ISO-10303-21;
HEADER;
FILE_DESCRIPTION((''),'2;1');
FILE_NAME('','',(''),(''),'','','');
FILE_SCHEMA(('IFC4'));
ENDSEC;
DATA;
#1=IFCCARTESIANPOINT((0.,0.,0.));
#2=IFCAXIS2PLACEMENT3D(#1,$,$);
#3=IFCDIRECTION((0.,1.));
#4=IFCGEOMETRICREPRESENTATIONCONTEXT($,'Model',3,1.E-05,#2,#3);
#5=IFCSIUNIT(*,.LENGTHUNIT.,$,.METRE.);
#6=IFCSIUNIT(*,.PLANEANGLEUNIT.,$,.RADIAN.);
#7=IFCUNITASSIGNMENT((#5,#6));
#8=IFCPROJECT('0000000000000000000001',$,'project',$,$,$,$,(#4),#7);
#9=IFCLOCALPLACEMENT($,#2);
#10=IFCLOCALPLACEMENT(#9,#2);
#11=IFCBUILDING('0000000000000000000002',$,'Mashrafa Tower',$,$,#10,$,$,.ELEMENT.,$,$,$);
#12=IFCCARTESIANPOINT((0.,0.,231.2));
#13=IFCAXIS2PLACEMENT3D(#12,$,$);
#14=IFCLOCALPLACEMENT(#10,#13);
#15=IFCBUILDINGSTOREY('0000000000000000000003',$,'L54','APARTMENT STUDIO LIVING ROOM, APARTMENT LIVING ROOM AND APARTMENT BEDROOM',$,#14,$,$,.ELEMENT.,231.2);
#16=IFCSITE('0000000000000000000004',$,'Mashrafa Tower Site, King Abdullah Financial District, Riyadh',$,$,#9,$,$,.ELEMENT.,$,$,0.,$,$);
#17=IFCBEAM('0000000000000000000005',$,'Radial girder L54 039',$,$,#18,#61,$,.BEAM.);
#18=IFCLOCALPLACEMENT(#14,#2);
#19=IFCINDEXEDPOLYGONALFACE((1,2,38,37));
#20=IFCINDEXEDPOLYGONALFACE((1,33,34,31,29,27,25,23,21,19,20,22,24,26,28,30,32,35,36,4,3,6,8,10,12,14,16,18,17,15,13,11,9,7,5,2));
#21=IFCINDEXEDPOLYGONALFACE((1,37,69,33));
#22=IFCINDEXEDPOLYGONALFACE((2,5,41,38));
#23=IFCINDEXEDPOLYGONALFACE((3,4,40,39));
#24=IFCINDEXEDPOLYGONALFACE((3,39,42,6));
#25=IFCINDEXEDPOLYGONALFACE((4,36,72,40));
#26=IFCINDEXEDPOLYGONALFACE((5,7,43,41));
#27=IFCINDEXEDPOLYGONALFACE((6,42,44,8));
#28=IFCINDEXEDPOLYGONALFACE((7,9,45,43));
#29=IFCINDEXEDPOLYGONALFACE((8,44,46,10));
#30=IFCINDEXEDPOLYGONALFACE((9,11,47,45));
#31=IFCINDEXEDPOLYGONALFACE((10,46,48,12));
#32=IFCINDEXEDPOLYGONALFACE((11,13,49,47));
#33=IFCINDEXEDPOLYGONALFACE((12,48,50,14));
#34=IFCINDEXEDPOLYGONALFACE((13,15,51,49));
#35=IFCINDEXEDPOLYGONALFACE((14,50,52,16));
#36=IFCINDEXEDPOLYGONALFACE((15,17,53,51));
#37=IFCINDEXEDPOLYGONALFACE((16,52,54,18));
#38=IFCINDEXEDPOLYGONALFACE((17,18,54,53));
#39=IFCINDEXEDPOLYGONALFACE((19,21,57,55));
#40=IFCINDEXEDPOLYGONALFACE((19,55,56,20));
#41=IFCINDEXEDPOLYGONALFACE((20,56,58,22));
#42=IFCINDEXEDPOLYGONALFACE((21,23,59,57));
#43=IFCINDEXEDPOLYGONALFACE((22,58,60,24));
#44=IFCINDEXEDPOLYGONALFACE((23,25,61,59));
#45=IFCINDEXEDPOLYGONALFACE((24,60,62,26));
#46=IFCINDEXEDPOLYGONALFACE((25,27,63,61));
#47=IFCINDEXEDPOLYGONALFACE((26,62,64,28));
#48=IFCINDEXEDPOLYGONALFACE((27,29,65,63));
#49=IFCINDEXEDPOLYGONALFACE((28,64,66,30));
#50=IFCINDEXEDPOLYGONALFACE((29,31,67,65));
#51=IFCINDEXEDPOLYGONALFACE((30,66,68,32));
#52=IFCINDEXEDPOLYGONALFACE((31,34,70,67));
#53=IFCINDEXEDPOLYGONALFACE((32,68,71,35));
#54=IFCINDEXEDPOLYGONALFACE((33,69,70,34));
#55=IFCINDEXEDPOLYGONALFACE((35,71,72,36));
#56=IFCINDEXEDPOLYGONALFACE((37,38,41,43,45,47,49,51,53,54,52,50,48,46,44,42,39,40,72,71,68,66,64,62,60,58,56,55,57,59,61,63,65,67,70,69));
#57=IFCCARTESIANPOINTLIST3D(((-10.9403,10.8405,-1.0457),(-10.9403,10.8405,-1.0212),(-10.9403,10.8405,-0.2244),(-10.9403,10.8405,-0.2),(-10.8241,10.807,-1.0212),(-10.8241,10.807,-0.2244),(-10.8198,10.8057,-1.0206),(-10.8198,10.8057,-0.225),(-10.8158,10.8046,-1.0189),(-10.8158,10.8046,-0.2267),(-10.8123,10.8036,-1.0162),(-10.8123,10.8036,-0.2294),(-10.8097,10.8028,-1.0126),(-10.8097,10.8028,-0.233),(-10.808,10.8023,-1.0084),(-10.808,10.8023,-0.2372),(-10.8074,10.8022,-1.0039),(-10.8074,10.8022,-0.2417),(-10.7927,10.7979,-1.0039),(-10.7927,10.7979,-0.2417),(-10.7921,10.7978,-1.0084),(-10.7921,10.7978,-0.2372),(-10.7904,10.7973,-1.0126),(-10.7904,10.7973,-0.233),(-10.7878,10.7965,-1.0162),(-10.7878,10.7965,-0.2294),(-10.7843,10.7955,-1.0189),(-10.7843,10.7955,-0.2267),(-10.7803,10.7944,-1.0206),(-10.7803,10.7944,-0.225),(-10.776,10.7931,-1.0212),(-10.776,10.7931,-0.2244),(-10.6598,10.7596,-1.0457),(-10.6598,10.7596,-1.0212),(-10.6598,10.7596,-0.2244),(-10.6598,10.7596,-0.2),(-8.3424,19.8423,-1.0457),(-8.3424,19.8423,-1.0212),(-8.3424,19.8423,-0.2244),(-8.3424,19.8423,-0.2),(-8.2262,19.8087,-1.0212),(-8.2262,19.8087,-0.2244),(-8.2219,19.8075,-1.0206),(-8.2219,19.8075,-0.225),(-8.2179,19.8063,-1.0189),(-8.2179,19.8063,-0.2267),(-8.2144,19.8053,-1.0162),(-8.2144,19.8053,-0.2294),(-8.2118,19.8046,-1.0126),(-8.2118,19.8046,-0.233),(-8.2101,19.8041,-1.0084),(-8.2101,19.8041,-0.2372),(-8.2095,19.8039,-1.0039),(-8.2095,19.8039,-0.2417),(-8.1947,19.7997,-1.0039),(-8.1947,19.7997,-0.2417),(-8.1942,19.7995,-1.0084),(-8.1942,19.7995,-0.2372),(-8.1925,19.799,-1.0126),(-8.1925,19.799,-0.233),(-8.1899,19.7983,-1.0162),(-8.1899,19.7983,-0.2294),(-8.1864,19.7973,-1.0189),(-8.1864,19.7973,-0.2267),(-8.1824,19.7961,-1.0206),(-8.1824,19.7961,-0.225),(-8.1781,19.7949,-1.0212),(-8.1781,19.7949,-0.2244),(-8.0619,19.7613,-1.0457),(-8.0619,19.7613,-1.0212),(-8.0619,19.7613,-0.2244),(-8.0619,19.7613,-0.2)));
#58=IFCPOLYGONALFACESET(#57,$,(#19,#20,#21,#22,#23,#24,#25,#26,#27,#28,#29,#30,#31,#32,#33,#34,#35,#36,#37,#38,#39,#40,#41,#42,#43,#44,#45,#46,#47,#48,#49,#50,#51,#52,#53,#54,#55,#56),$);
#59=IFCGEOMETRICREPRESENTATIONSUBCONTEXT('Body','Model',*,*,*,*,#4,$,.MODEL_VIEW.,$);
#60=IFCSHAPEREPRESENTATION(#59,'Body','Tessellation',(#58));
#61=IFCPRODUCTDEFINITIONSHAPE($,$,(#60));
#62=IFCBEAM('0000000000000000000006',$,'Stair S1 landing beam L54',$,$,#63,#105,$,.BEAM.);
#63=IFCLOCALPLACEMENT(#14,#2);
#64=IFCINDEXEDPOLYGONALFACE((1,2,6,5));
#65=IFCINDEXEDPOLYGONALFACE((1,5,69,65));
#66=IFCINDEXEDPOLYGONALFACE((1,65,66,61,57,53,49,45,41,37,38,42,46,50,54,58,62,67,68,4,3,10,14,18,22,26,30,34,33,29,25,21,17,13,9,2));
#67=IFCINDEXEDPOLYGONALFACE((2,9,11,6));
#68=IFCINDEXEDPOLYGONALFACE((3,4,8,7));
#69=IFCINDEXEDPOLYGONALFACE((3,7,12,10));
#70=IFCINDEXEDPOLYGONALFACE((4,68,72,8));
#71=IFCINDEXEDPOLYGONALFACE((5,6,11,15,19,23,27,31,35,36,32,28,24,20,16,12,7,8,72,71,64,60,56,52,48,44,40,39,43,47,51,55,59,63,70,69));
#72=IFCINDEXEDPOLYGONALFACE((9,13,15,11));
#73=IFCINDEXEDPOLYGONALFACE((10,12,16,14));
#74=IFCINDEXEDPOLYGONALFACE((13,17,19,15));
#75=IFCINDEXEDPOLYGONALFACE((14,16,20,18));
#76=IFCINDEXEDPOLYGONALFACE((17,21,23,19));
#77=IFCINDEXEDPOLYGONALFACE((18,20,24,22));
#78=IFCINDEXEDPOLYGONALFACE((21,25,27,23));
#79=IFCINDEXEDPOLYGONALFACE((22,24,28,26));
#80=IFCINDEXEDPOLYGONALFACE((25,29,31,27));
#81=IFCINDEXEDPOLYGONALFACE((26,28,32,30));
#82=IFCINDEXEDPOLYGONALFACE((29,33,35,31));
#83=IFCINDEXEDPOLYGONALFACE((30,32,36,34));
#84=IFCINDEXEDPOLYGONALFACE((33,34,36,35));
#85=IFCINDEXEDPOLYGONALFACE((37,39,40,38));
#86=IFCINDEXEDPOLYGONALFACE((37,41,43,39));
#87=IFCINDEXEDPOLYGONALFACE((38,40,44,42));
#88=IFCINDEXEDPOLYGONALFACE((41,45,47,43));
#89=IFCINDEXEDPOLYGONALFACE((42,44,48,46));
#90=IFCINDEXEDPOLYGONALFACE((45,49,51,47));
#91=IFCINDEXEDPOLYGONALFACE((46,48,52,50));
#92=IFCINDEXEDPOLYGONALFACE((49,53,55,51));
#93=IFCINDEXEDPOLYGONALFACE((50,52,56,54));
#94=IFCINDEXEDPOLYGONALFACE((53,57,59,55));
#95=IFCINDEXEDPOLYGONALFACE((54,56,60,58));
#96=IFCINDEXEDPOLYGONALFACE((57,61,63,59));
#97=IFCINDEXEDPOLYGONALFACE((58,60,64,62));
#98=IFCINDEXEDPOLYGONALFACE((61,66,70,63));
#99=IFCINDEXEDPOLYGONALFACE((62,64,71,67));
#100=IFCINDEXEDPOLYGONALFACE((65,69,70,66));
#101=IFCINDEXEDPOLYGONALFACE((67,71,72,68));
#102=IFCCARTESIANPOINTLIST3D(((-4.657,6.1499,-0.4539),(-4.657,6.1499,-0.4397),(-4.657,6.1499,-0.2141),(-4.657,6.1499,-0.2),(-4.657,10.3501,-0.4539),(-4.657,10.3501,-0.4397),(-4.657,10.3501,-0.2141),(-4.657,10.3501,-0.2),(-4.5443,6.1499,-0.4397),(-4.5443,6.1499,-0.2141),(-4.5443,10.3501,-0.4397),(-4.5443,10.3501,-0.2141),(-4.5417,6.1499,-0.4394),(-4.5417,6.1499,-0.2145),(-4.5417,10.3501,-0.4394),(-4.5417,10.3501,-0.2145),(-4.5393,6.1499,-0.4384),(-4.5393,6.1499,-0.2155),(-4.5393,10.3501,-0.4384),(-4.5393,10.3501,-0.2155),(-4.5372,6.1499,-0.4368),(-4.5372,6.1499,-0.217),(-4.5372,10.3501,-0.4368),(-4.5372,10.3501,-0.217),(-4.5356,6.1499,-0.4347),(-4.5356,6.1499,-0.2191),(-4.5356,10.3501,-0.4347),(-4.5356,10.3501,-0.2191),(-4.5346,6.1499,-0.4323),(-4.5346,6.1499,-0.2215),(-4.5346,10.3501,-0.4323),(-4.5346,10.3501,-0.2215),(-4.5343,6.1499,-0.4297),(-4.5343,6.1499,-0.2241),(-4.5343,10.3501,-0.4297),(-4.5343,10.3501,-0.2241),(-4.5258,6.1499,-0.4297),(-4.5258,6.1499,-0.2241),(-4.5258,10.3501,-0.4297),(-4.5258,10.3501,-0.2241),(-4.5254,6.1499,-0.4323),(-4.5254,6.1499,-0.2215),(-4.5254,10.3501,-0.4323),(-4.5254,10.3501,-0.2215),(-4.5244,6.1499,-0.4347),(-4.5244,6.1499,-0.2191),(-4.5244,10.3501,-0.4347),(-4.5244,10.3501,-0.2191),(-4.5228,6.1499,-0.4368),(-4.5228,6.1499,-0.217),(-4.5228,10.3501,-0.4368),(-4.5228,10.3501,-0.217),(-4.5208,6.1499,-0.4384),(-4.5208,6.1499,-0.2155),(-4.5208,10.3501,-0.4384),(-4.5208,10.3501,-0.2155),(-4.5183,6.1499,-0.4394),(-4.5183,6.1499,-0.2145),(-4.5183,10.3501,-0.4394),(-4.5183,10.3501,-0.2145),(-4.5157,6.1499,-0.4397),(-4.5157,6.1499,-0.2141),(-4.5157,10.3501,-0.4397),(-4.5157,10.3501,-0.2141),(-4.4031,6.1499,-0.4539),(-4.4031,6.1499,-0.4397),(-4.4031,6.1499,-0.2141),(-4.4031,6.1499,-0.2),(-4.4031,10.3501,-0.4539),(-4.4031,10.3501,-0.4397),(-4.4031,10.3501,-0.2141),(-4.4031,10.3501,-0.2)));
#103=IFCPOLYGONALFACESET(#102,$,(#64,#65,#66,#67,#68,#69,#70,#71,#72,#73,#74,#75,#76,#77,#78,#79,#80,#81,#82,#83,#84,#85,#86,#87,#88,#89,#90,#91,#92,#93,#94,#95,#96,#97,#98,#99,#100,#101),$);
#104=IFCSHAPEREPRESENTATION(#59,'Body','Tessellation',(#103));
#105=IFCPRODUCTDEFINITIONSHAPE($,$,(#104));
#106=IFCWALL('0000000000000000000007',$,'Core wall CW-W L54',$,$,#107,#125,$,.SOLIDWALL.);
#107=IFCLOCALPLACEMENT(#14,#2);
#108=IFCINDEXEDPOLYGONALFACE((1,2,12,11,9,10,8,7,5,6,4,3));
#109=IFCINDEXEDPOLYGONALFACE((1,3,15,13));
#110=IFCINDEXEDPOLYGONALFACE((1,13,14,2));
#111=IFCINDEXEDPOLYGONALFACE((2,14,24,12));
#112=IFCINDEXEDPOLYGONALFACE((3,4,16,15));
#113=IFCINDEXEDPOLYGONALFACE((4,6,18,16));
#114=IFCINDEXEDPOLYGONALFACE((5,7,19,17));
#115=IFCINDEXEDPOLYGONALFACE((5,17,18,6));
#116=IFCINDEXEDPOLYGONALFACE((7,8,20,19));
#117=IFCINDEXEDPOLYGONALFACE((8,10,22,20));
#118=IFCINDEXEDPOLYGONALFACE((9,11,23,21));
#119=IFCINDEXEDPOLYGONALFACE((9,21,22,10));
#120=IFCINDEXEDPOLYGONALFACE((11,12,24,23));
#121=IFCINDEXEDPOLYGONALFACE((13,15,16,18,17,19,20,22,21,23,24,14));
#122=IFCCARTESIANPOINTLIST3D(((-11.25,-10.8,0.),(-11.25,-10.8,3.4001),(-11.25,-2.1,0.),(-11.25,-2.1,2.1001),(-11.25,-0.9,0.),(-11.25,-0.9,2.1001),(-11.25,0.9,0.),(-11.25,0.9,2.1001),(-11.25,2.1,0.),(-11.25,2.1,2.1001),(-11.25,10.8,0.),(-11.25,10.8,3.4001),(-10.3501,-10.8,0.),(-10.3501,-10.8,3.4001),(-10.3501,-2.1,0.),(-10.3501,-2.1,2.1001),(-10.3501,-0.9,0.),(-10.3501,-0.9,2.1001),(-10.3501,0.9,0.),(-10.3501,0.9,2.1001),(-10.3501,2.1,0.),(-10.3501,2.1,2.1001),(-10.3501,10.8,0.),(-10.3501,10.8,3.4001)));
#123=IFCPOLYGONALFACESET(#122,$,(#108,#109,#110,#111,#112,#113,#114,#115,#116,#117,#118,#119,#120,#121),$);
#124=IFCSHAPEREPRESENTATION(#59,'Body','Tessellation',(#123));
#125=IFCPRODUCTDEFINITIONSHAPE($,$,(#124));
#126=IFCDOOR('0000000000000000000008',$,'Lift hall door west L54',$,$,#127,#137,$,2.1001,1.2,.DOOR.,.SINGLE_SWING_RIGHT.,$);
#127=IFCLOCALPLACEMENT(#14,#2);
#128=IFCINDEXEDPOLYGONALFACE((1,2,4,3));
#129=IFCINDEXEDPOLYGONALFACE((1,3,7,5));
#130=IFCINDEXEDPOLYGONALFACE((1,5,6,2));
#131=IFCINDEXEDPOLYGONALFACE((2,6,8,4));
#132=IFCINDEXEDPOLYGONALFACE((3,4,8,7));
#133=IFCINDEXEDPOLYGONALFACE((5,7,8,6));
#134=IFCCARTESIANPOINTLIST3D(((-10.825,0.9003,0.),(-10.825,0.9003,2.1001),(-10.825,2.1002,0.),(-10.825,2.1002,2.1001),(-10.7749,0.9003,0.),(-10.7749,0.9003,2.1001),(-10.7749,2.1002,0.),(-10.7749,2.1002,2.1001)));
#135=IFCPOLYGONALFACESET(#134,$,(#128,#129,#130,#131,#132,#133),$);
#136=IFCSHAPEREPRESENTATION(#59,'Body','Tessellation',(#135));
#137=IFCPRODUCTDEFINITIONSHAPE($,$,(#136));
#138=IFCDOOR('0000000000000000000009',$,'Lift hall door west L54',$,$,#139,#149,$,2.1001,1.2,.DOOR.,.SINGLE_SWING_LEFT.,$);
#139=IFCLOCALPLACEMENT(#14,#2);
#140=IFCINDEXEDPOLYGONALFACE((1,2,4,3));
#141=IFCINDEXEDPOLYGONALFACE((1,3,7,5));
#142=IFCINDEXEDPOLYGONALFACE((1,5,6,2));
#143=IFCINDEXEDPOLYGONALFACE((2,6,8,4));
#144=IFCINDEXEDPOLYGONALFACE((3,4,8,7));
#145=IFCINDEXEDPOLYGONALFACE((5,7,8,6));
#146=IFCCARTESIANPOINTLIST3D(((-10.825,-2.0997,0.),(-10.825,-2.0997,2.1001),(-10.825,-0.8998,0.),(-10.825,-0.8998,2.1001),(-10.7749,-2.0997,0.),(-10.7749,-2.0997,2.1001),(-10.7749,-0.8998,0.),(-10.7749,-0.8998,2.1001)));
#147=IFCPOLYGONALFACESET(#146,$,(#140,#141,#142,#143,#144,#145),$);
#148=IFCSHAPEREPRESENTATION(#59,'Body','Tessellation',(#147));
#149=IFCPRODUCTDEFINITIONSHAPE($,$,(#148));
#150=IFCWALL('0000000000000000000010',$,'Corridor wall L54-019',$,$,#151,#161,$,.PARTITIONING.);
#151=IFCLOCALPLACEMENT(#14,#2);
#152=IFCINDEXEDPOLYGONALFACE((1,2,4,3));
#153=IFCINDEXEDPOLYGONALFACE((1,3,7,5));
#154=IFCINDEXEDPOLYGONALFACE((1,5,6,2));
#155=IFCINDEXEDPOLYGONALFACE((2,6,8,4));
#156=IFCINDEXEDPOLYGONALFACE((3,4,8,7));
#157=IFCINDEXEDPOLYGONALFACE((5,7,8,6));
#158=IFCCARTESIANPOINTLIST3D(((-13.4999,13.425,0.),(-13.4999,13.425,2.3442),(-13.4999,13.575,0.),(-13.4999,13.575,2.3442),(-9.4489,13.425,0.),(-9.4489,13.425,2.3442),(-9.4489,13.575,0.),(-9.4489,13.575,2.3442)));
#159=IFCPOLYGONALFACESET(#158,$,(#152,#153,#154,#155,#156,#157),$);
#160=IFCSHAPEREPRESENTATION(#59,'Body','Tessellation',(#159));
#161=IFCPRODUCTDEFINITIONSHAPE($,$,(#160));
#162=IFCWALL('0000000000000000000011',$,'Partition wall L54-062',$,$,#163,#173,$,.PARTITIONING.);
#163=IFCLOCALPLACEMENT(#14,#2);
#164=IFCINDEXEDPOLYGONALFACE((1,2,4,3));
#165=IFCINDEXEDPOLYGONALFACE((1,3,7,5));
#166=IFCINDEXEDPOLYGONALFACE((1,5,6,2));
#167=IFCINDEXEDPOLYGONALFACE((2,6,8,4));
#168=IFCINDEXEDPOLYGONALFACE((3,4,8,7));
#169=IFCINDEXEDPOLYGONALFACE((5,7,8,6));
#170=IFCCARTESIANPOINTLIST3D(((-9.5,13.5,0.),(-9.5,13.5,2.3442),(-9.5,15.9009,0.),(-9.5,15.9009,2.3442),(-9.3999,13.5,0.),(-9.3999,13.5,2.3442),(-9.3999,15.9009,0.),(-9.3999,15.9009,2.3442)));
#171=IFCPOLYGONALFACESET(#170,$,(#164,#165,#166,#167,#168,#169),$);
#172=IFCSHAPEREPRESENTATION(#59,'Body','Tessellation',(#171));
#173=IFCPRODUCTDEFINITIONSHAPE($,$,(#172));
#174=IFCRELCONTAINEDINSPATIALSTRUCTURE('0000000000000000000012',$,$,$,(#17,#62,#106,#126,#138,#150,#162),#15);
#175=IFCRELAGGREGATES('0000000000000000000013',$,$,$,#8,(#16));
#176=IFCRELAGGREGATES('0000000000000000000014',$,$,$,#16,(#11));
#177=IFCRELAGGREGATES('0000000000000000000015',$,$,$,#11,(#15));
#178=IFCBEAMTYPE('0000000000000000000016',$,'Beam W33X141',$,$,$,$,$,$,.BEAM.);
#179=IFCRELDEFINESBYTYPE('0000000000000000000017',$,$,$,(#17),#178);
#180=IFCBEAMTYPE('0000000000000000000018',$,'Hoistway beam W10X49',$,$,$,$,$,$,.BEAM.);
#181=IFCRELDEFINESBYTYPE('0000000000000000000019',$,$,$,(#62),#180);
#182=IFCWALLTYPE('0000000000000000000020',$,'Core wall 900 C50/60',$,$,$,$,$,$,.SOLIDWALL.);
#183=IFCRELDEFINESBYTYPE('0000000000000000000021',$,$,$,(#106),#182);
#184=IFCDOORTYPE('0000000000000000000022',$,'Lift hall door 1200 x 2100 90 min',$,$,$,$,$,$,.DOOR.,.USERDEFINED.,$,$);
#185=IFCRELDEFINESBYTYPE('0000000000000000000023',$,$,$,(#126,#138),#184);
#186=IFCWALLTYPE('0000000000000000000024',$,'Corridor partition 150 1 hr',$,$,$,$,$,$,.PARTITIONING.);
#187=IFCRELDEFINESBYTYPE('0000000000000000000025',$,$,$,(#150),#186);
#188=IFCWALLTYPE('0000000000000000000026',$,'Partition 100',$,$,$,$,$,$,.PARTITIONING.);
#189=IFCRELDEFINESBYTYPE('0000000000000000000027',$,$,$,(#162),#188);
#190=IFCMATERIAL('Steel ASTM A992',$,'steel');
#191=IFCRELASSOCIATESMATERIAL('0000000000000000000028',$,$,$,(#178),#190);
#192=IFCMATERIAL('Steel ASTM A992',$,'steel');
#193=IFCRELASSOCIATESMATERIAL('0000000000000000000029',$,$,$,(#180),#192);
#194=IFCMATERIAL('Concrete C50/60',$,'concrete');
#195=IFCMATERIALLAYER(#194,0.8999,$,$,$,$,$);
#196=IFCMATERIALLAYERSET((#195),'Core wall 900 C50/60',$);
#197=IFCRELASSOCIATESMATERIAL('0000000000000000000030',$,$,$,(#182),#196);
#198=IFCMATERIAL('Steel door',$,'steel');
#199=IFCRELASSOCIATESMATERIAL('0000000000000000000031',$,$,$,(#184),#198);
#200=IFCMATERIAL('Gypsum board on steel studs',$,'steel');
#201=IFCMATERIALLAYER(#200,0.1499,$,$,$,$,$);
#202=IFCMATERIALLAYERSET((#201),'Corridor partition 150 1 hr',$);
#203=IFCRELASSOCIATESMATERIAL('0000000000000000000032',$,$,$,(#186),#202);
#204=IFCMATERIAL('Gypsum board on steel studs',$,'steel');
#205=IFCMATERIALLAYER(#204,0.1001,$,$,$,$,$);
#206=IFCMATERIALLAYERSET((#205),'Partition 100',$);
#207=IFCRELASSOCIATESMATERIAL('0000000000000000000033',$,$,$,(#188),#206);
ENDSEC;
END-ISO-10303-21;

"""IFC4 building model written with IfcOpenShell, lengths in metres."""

from ifc_helpers import new_model, si_unit, direction, frame, frame_2d, origin, origin_2d, place, context, subcontext, project, spatial, rectangle, i_section, extrude, material, layer, layer_set, material_profile, profile_set, type_object, element, fill, save


model = new_model("IFC4")

# Units and contexts
model_context = context("Model", 3, precision=1e-05, world=origin(), true_north=direction((0.0, 1.0)))
body_context = subcontext(model_context, "Body", "Model", "MODEL_VIEW")
ifc_project = project(units=[si_unit("LENGTHUNIT", "METRE"), si_unit("PLANEANGLEUNIT", "RADIAN")], contexts=[model_context])

# Site, building, storey
site_placement = place(None, origin())
site = spatial("IfcSite", under=ifc_project, at=site_placement, Name="Mashrafa Tower Site, King Abdullah Financial District, Riyadh", CompositionType="ELEMENT", RefElevation=0.0)
building_placement = place(site_placement, origin())
building = spatial("IfcBuilding", under=site, at=building_placement, Name="Mashrafa Tower", CompositionType="ELEMENT")
storey_placement = place(building_placement, frame((0.0, 0.0, 231.2)))
storey = spatial("IfcBuildingStorey", under=building, at=storey_placement, Name="L54", Description="APARTMENT STUDIO LIVING ROOM, APARTMENT LIVING ROOM AND APARTMENT BEDROOM", CompositionType="ELEMENT", Elevation=231.2)

# Beams
ifc_material_1 = material(Name="Steel ASTM A992", Category="steel")
ifc_material_profile_1 = material_profile(ifc_material_1, i_section(OverallWidth=0.292, OverallDepth=0.8457, WebThickness=0.0154, FlangeThickness=0.0244, FilletRadius=0.0173, at=origin_2d()), Name="W33X141")
ifc_profile_set_1 = profile_set([ifc_material_profile_1], Name="Steel ASTM A992")
beam_type_1 = type_object("IfcBeamType", Name="Beam W33X141", PredefinedType="BEAM", material=ifc_profile_set_1)
for number, where, z_axis, x_axis, name in (
    (1, (-10.8, 10.8, -0.6228), (0.277284, 0.960788, 0.0), (-0.960788, 0.277284, 0.0), "Radial girder L54 039"),
):
    element("IfcBeam", number, at=place(storey_placement, frame(where, z_axis=z_axis, x_axis=x_axis)), inside=storey, type_object=beam_type_1, Name=name, PredefinedType="BEAM", context=body_context, shape_type="SweptSolid", body=[
        extrude(i_section(OverallWidth=0.292, OverallDepth=0.8457, WebThickness=0.0154, FlangeThickness=0.0244, FilletRadius=0.0173, at=origin_2d()), origin(), (0.0, 0.0, 1.0), 9.3691),
    ])
ifc_material_2 = material(Name="Steel ASTM A992", Category="steel")
ifc_material_profile_2 = material_profile(ifc_material_2, i_section(OverallWidth=0.2539, OverallDepth=0.2539, WebThickness=0.0085, FlangeThickness=0.0142, FilletRadius=0.01, at=origin_2d()), Name="W10X49")
ifc_profile_set_2 = profile_set([ifc_material_profile_2], Name="Steel ASTM A992")
beam_type_2 = type_object("IfcBeamType", Name="Hoistway beam W10X49", PredefinedType="BEAM", material=ifc_profile_set_2)
beam_1_placement = place(storey_placement, frame((-4.53, 6.1499, -0.3269), z_axis=(0.0, 1.0, 0.0), x_axis=(-1.0, 0.0, 0.0)))
element("IfcBeam", 2, at=beam_1_placement, inside=storey, type_object=beam_type_2, Name="Stair S1 landing beam L54", PredefinedType="BEAM", context=body_context, shape_type="SweptSolid", body=[
    extrude(i_section(OverallWidth=0.2539, OverallDepth=0.2539, WebThickness=0.0085, FlangeThickness=0.0142, FilletRadius=0.01, at=origin_2d()), origin(), (0.0, 0.0, 1.0), 4.2002),
])

# Wall, openings, doors
ifc_material_3 = material(Name="Concrete C50/60", Category="concrete")
ifc_layer_1 = layer(ifc_material_3, 0.8999)
ifc_layer_set_1 = layer_set([ifc_layer_1], Name="Core wall 900 C50/60")
wall_type_1 = type_object("IfcWallType", Name="Core wall 900 C50/60", PredefinedType="SOLIDWALL", material=ifc_layer_set_1)
wall_1_placement = place(storey_placement, frame((-10.8, 10.8, 0.0), z_axis=(0.0, 0.0, 1.0), x_axis=(0.0, -1.0, 0.0)))
wall_1 = element("IfcWall", 3, at=wall_1_placement, inside=storey, type_object=wall_type_1, Name="Core wall CW-W L54", PredefinedType="SOLIDWALL", context=body_context, shape_type="SweptSolid", body=[
    extrude(rectangle(XDim=21.6001, YDim=0.8999, at=frame_2d((10.8, 0.0))), origin(), (0.0, 0.0, 1.0), 3.4001),
])
opening_1_placement = place(wall_1_placement, frame((8.7, 0.0, 0.0)))
opening_1 = element("IfcOpeningElement", 4, at=opening_1_placement, cuts=wall_1, PredefinedType="OPENING", context=body_context, shape_type="SweptSolid", body=[
    extrude(rectangle(XDim=1.2, YDim=2.1001, at=frame_2d((0.6001, 1.05))), frame((0.0, 0.46, 0.0), z_axis=(0.0, -1.0, 0.0), x_axis=(1.0, 0.0, 0.0)), (0.0, 0.0, 1.0), 0.9199),
])
opening_2_placement = place(wall_1_placement, frame((11.7, 0.0, 0.0)))
opening_2 = element("IfcOpeningElement", 5, at=opening_2_placement, cuts=wall_1, PredefinedType="OPENING", context=body_context, shape_type="SweptSolid", body=[
    extrude(rectangle(XDim=1.2, YDim=2.1001, at=frame_2d((0.6001, 1.05))), frame((0.0, 0.46, 0.0), z_axis=(0.0, -1.0, 0.0), x_axis=(1.0, 0.0, 0.0)), (0.0, 0.0, 1.0), 0.9199),
])
ifc_material_4 = material(Name="Steel door", Category="steel")
door_type_1 = type_object("IfcDoorType", Name="Lift hall door 1200 x 2100 90 min", OperationType="USERDEFINED", PredefinedType="DOOR", material=ifc_material_4)
door_1_placement = place(opening_1_placement, frame((1.2, 0.0, 0.0), z_axis=(0.0, 0.0, 1.0), x_axis=(-1.0, 0.0, 0.0)))
door_1 = element("IfcDoor", 6, at=door_1_placement, inside=storey, type_object=door_type_1, Name="Lift hall door west L54", OperationType="SINGLE_SWING_RIGHT", OverallHeight=2.1001, OverallWidth=1.2, PredefinedType="DOOR", context=body_context, shape_type="SweptSolid", body=[
    extrude(rectangle(XDim=1.2, YDim=2.1001, at=frame_2d((0.6001, 1.05))), frame((0.0, 0.0249, 0.0), z_axis=(0.0, -1.0, 0.0), x_axis=(1.0, 0.0, 0.0)), (0.0, 0.0, 1.0), 0.05),
])
fill(opening_1, door_1)
door_2_placement = place(opening_2_placement, frame((1.2, 0.0, 0.0), z_axis=(0.0, 0.0, 1.0), x_axis=(-1.0, 0.0, 0.0)))
door_2 = element("IfcDoor", 7, at=door_2_placement, inside=storey, type_object=door_type_1, Name="Lift hall door west L54", OperationType="SINGLE_SWING_LEFT", OverallHeight=2.1001, OverallWidth=1.2, PredefinedType="DOOR", context=body_context, shape_type="SweptSolid", body=[
    extrude(rectangle(XDim=1.2, YDim=2.1001, at=frame_2d((0.6001, 1.05))), frame((0.0, 0.0249, 0.0), z_axis=(0.0, -1.0, 0.0), x_axis=(1.0, 0.0, 0.0)), (0.0, 0.0, 1.0), 0.05),
])
fill(opening_2, door_2)

# Walls
ifc_material_5 = material(Name="Gypsum board on steel studs", Category="steel")
ifc_layer_2 = layer(ifc_material_5, 0.1499)
ifc_layer_set_2 = layer_set([ifc_layer_2], Name="Corridor partition 150 1 hr")
wall_type_2 = type_object("IfcWallType", Name="Corridor partition 150 1 hr", PredefinedType="PARTITIONING", material=ifc_layer_set_2)
wall_2_placement = place(storey_placement, frame((-9.449, 13.5, 0.0), z_axis=(0.0, 0.0, 1.0), x_axis=(-1.0, 0.0, 0.0)))
element("IfcWall", 8, at=wall_2_placement, inside=storey, type_object=wall_type_2, Name="Corridor wall L54-019", PredefinedType="PARTITIONING", context=body_context, shape_type="SweptSolid", body=[
    extrude(rectangle(XDim=4.051, YDim=0.1499, at=frame_2d((2.0254, 0.0))), origin(), (0.0, 0.0, 1.0), 2.3442),
])
ifc_material_6 = material(Name="Gypsum board on steel studs", Category="steel")
ifc_layer_3 = layer(ifc_material_6, 0.1001)
ifc_layer_set_3 = layer_set([ifc_layer_3], Name="Partition 100")
wall_type_3 = type_object("IfcWallType", Name="Partition 100", PredefinedType="PARTITIONING", material=ifc_layer_set_3)
wall_3_placement = place(storey_placement, frame((-9.45, 13.5, 0.0), z_axis=(0.0, 0.0, 1.0), x_axis=(0.0, 1.0, 0.0)))
element("IfcWall", 9, at=wall_3_placement, inside=storey, type_object=wall_type_3, Name="Partition wall L54-062", PredefinedType="PARTITIONING", context=body_context, shape_type="SweptSolid", body=[
    extrude(rectangle(XDim=2.4009, YDim=0.1001, at=frame_2d((1.2004, 0.0))), origin(), (0.0, 0.0, 1.0), 2.3442),
])

save(model, "model.ifc")
